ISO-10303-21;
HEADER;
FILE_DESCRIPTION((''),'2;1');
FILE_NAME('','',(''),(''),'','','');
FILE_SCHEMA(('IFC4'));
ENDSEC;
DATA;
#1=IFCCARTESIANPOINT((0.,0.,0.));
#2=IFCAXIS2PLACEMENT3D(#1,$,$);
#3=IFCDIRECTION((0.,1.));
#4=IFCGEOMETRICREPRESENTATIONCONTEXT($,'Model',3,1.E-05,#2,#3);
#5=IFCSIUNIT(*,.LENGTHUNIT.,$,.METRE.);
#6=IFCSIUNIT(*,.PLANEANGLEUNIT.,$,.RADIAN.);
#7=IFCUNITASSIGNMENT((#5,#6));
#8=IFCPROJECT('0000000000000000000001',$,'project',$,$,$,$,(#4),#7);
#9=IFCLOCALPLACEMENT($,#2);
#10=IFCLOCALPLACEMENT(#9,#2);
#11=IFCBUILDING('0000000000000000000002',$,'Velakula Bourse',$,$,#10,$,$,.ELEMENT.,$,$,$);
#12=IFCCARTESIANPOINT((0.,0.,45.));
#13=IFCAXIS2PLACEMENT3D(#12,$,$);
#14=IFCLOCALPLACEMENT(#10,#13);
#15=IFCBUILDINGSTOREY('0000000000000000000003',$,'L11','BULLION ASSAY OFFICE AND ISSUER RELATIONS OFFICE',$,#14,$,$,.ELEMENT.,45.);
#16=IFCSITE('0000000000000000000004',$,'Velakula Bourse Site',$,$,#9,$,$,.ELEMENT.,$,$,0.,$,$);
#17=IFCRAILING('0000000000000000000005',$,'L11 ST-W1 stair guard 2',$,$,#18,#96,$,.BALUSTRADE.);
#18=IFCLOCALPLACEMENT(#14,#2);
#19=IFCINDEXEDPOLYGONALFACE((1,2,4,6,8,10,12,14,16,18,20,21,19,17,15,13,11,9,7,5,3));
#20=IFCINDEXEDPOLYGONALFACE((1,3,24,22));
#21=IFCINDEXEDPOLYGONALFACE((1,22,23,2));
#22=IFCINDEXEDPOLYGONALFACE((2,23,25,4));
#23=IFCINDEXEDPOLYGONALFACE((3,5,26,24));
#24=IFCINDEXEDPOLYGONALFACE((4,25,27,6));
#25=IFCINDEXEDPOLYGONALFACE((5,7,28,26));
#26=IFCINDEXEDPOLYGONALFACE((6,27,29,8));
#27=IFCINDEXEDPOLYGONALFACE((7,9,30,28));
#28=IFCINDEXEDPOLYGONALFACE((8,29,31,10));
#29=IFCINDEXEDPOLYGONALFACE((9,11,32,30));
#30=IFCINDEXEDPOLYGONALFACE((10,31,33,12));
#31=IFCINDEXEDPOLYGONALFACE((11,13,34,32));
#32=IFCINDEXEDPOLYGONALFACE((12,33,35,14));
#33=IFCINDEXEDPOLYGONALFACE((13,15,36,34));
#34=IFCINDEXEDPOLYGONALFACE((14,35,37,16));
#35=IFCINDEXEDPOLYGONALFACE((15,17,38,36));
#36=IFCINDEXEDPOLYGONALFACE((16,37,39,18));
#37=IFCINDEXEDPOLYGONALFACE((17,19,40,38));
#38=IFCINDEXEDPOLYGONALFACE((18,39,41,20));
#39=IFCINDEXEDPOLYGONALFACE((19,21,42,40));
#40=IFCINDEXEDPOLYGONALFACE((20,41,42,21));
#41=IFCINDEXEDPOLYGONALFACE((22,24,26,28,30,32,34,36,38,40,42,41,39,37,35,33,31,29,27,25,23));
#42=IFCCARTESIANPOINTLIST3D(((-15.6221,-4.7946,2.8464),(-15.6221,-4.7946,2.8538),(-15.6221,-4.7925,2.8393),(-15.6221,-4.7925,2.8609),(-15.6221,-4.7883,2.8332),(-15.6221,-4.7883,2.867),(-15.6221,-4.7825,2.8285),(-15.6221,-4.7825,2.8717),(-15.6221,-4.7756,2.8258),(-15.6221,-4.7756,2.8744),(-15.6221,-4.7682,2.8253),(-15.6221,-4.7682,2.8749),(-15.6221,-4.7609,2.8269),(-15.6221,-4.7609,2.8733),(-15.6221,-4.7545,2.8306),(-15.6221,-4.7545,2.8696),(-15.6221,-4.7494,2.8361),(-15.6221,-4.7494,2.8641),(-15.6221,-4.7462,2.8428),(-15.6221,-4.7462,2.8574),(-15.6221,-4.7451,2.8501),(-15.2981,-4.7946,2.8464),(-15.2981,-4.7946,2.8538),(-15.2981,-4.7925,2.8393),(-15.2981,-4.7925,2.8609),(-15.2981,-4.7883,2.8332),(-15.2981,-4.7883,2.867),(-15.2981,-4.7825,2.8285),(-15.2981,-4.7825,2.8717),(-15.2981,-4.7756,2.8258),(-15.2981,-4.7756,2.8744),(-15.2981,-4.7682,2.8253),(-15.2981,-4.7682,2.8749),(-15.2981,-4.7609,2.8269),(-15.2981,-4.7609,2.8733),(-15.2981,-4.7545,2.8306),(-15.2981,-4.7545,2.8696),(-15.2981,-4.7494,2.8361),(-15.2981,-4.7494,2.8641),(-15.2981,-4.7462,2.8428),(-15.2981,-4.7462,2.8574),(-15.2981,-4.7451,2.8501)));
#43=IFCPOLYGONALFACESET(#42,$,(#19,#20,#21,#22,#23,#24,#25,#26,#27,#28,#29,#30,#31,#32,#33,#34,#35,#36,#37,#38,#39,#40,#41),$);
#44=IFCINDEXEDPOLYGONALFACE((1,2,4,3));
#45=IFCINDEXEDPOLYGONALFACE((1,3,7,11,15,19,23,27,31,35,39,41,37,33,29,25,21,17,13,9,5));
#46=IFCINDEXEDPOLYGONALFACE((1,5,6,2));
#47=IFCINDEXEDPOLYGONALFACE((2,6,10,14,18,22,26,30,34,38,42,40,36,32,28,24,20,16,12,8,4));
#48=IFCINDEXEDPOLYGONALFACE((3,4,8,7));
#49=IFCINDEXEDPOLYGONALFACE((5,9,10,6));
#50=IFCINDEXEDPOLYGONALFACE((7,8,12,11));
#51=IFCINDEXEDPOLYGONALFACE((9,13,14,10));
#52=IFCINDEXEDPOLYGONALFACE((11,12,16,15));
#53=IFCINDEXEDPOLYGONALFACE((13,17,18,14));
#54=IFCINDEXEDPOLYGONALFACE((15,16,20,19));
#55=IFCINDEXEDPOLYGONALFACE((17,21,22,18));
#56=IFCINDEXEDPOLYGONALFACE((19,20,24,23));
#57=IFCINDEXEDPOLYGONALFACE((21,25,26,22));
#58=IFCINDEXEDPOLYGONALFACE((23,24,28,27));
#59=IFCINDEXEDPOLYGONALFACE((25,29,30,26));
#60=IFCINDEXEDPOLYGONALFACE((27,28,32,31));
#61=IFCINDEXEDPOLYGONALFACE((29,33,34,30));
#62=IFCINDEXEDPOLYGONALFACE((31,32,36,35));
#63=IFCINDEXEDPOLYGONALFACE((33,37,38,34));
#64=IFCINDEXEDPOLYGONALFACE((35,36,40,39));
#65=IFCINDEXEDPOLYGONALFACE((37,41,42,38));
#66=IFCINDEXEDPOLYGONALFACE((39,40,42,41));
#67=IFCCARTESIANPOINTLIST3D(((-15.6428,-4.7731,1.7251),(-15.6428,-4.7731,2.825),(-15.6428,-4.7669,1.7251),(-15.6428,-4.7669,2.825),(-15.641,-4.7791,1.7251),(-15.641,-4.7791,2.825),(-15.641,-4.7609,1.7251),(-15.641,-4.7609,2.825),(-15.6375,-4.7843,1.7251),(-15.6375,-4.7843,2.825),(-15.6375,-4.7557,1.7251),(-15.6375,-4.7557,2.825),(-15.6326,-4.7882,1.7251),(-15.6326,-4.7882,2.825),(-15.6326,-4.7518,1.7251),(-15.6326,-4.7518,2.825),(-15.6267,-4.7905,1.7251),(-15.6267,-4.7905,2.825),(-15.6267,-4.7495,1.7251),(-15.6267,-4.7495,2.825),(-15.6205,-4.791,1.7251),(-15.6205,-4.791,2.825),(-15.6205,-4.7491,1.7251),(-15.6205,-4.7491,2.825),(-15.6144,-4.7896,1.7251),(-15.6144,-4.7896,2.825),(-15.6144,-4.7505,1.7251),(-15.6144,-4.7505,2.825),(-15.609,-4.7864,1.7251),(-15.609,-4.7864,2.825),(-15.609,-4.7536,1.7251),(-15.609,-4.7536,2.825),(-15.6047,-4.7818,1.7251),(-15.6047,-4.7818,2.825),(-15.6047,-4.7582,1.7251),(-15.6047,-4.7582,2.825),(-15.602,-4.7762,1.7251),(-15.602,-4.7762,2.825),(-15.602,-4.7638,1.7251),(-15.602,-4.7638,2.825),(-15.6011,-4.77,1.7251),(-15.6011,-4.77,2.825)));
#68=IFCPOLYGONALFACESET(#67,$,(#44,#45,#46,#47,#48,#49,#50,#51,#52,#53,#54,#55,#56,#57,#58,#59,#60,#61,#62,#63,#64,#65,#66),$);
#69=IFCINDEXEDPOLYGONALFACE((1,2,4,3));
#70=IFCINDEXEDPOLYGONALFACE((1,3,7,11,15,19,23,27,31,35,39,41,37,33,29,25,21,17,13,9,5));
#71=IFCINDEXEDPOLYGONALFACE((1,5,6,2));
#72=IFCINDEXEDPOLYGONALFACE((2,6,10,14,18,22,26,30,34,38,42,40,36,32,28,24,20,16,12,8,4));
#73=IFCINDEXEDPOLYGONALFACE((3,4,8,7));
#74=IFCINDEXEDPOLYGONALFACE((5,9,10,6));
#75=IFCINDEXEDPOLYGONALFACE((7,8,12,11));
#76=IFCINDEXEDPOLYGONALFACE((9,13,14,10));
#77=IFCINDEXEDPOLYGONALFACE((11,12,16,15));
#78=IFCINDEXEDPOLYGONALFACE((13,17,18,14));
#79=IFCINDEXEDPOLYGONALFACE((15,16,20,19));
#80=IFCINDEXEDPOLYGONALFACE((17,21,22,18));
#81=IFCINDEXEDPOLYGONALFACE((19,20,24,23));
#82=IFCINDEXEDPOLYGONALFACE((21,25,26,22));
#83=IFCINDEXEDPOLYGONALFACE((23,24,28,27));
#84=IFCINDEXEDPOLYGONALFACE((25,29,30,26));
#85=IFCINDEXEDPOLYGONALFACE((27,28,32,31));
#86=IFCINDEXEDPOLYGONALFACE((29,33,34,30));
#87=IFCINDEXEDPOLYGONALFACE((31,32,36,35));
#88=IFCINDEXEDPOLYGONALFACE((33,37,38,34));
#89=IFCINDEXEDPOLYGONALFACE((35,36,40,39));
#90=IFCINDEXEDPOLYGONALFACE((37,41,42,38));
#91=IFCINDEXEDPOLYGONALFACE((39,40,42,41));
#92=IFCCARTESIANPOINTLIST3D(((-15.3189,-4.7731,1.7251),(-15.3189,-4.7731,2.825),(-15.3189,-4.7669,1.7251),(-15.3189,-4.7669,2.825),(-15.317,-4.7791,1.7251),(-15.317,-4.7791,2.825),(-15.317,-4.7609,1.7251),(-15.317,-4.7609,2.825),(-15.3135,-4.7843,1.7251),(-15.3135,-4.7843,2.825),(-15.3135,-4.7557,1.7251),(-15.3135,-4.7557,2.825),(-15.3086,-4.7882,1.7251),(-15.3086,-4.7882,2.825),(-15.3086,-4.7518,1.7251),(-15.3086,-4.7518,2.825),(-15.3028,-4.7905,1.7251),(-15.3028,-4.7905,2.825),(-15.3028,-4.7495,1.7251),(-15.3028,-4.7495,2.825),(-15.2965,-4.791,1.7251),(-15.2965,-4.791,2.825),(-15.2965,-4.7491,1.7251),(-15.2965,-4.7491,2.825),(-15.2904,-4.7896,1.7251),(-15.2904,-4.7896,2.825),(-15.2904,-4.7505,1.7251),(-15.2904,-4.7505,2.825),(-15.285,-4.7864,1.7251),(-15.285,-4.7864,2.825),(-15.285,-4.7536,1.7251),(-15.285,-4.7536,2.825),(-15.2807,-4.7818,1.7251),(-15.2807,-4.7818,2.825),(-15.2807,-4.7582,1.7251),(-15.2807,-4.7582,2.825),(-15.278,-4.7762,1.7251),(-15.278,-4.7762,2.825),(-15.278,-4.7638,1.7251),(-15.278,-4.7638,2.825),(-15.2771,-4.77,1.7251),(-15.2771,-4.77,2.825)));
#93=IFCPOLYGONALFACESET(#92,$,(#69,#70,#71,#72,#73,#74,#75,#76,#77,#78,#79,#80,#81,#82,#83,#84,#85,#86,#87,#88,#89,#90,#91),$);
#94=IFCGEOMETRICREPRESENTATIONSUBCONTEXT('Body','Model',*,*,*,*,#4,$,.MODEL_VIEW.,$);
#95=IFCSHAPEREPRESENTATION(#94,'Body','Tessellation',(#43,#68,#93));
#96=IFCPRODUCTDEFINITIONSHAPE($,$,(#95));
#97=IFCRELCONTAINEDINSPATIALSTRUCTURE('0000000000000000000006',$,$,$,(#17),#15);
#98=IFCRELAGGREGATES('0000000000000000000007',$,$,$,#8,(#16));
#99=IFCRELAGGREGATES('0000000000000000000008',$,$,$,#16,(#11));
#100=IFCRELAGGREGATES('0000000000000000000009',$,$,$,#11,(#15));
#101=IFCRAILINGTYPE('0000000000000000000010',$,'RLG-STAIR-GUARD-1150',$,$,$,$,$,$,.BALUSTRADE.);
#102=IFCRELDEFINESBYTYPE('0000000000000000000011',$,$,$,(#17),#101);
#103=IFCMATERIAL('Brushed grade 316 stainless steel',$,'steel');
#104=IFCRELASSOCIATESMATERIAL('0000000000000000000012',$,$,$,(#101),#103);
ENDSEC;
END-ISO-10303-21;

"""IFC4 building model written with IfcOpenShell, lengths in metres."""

from ifc_helpers import new_model, si_unit, direction, frame, origin, origin_2d, place, context, subcontext, project, spatial, circle, extrude, material, type_object, element, save


model = new_model("IFC4")

# Units and contexts
model_context = context("Model", 3, precision=1e-05, world=origin(), true_north=direction((0.0, 1.0)))
body_context = subcontext(model_context, "Body", "Model", "MODEL_VIEW")
ifc_project = project(units=[si_unit("LENGTHUNIT", "METRE"), si_unit("PLANEANGLEUNIT", "RADIAN")], contexts=[model_context])

# Site, building, storey
site_placement = place(None, origin())
site = spatial("IfcSite", under=ifc_project, at=site_placement, Name="Velakula Bourse Site", CompositionType="ELEMENT", RefElevation=0.0)
building_placement = place(site_placement, origin())
building = spatial("IfcBuilding", under=site, at=building_placement, Name="Velakula Bourse", CompositionType="ELEMENT")
storey_placement = place(building_placement, frame((0.0, 0.0, 45.0)))
storey = spatial("IfcBuildingStorey", under=building, at=storey_placement, Name="L11", Description="BULLION ASSAY OFFICE AND ISSUER RELATIONS OFFICE", CompositionType="ELEMENT", Elevation=45.0)

# Shared definitions
ifc_material_1 = material(Name="Brushed grade 316 stainless steel", Category="steel")

# Railing
railing_type_1 = type_object("IfcRailingType", Name="RLG-STAIR-GUARD-1150", PredefinedType="BALUSTRADE", material=ifc_material_1)
railing_1_placement = place(storey_placement, frame((-15.6221, -4.77, 1.7251)))
element("IfcRailing", 1, at=railing_1_placement, inside=storey, type_object=railing_type_1, Name="L11 ST-W1 stair guard 2", PredefinedType="BALUSTRADE", context=body_context, shape_type="SweptSolid", body=[
    extrude(circle(Radius=0.0249, at=origin_2d()), frame((0.0, 0.0, 1.125), z_axis=(1.0, 0.0, 0.0), x_axis=(0.0, 1.0, 0.0)), (0.0, 0.0, 1.0), 0.324),
    extrude(circle(Radius=0.021, at=origin_2d()), origin(), (0.0, 0.0, 1.0), 1.0999),
    extrude(circle(Radius=0.021, at=origin_2d()), frame((0.324, 0.0, 0.0)), (0.0, 0.0, 1.0), 1.0999),
])

save(model, "model.ifc")
